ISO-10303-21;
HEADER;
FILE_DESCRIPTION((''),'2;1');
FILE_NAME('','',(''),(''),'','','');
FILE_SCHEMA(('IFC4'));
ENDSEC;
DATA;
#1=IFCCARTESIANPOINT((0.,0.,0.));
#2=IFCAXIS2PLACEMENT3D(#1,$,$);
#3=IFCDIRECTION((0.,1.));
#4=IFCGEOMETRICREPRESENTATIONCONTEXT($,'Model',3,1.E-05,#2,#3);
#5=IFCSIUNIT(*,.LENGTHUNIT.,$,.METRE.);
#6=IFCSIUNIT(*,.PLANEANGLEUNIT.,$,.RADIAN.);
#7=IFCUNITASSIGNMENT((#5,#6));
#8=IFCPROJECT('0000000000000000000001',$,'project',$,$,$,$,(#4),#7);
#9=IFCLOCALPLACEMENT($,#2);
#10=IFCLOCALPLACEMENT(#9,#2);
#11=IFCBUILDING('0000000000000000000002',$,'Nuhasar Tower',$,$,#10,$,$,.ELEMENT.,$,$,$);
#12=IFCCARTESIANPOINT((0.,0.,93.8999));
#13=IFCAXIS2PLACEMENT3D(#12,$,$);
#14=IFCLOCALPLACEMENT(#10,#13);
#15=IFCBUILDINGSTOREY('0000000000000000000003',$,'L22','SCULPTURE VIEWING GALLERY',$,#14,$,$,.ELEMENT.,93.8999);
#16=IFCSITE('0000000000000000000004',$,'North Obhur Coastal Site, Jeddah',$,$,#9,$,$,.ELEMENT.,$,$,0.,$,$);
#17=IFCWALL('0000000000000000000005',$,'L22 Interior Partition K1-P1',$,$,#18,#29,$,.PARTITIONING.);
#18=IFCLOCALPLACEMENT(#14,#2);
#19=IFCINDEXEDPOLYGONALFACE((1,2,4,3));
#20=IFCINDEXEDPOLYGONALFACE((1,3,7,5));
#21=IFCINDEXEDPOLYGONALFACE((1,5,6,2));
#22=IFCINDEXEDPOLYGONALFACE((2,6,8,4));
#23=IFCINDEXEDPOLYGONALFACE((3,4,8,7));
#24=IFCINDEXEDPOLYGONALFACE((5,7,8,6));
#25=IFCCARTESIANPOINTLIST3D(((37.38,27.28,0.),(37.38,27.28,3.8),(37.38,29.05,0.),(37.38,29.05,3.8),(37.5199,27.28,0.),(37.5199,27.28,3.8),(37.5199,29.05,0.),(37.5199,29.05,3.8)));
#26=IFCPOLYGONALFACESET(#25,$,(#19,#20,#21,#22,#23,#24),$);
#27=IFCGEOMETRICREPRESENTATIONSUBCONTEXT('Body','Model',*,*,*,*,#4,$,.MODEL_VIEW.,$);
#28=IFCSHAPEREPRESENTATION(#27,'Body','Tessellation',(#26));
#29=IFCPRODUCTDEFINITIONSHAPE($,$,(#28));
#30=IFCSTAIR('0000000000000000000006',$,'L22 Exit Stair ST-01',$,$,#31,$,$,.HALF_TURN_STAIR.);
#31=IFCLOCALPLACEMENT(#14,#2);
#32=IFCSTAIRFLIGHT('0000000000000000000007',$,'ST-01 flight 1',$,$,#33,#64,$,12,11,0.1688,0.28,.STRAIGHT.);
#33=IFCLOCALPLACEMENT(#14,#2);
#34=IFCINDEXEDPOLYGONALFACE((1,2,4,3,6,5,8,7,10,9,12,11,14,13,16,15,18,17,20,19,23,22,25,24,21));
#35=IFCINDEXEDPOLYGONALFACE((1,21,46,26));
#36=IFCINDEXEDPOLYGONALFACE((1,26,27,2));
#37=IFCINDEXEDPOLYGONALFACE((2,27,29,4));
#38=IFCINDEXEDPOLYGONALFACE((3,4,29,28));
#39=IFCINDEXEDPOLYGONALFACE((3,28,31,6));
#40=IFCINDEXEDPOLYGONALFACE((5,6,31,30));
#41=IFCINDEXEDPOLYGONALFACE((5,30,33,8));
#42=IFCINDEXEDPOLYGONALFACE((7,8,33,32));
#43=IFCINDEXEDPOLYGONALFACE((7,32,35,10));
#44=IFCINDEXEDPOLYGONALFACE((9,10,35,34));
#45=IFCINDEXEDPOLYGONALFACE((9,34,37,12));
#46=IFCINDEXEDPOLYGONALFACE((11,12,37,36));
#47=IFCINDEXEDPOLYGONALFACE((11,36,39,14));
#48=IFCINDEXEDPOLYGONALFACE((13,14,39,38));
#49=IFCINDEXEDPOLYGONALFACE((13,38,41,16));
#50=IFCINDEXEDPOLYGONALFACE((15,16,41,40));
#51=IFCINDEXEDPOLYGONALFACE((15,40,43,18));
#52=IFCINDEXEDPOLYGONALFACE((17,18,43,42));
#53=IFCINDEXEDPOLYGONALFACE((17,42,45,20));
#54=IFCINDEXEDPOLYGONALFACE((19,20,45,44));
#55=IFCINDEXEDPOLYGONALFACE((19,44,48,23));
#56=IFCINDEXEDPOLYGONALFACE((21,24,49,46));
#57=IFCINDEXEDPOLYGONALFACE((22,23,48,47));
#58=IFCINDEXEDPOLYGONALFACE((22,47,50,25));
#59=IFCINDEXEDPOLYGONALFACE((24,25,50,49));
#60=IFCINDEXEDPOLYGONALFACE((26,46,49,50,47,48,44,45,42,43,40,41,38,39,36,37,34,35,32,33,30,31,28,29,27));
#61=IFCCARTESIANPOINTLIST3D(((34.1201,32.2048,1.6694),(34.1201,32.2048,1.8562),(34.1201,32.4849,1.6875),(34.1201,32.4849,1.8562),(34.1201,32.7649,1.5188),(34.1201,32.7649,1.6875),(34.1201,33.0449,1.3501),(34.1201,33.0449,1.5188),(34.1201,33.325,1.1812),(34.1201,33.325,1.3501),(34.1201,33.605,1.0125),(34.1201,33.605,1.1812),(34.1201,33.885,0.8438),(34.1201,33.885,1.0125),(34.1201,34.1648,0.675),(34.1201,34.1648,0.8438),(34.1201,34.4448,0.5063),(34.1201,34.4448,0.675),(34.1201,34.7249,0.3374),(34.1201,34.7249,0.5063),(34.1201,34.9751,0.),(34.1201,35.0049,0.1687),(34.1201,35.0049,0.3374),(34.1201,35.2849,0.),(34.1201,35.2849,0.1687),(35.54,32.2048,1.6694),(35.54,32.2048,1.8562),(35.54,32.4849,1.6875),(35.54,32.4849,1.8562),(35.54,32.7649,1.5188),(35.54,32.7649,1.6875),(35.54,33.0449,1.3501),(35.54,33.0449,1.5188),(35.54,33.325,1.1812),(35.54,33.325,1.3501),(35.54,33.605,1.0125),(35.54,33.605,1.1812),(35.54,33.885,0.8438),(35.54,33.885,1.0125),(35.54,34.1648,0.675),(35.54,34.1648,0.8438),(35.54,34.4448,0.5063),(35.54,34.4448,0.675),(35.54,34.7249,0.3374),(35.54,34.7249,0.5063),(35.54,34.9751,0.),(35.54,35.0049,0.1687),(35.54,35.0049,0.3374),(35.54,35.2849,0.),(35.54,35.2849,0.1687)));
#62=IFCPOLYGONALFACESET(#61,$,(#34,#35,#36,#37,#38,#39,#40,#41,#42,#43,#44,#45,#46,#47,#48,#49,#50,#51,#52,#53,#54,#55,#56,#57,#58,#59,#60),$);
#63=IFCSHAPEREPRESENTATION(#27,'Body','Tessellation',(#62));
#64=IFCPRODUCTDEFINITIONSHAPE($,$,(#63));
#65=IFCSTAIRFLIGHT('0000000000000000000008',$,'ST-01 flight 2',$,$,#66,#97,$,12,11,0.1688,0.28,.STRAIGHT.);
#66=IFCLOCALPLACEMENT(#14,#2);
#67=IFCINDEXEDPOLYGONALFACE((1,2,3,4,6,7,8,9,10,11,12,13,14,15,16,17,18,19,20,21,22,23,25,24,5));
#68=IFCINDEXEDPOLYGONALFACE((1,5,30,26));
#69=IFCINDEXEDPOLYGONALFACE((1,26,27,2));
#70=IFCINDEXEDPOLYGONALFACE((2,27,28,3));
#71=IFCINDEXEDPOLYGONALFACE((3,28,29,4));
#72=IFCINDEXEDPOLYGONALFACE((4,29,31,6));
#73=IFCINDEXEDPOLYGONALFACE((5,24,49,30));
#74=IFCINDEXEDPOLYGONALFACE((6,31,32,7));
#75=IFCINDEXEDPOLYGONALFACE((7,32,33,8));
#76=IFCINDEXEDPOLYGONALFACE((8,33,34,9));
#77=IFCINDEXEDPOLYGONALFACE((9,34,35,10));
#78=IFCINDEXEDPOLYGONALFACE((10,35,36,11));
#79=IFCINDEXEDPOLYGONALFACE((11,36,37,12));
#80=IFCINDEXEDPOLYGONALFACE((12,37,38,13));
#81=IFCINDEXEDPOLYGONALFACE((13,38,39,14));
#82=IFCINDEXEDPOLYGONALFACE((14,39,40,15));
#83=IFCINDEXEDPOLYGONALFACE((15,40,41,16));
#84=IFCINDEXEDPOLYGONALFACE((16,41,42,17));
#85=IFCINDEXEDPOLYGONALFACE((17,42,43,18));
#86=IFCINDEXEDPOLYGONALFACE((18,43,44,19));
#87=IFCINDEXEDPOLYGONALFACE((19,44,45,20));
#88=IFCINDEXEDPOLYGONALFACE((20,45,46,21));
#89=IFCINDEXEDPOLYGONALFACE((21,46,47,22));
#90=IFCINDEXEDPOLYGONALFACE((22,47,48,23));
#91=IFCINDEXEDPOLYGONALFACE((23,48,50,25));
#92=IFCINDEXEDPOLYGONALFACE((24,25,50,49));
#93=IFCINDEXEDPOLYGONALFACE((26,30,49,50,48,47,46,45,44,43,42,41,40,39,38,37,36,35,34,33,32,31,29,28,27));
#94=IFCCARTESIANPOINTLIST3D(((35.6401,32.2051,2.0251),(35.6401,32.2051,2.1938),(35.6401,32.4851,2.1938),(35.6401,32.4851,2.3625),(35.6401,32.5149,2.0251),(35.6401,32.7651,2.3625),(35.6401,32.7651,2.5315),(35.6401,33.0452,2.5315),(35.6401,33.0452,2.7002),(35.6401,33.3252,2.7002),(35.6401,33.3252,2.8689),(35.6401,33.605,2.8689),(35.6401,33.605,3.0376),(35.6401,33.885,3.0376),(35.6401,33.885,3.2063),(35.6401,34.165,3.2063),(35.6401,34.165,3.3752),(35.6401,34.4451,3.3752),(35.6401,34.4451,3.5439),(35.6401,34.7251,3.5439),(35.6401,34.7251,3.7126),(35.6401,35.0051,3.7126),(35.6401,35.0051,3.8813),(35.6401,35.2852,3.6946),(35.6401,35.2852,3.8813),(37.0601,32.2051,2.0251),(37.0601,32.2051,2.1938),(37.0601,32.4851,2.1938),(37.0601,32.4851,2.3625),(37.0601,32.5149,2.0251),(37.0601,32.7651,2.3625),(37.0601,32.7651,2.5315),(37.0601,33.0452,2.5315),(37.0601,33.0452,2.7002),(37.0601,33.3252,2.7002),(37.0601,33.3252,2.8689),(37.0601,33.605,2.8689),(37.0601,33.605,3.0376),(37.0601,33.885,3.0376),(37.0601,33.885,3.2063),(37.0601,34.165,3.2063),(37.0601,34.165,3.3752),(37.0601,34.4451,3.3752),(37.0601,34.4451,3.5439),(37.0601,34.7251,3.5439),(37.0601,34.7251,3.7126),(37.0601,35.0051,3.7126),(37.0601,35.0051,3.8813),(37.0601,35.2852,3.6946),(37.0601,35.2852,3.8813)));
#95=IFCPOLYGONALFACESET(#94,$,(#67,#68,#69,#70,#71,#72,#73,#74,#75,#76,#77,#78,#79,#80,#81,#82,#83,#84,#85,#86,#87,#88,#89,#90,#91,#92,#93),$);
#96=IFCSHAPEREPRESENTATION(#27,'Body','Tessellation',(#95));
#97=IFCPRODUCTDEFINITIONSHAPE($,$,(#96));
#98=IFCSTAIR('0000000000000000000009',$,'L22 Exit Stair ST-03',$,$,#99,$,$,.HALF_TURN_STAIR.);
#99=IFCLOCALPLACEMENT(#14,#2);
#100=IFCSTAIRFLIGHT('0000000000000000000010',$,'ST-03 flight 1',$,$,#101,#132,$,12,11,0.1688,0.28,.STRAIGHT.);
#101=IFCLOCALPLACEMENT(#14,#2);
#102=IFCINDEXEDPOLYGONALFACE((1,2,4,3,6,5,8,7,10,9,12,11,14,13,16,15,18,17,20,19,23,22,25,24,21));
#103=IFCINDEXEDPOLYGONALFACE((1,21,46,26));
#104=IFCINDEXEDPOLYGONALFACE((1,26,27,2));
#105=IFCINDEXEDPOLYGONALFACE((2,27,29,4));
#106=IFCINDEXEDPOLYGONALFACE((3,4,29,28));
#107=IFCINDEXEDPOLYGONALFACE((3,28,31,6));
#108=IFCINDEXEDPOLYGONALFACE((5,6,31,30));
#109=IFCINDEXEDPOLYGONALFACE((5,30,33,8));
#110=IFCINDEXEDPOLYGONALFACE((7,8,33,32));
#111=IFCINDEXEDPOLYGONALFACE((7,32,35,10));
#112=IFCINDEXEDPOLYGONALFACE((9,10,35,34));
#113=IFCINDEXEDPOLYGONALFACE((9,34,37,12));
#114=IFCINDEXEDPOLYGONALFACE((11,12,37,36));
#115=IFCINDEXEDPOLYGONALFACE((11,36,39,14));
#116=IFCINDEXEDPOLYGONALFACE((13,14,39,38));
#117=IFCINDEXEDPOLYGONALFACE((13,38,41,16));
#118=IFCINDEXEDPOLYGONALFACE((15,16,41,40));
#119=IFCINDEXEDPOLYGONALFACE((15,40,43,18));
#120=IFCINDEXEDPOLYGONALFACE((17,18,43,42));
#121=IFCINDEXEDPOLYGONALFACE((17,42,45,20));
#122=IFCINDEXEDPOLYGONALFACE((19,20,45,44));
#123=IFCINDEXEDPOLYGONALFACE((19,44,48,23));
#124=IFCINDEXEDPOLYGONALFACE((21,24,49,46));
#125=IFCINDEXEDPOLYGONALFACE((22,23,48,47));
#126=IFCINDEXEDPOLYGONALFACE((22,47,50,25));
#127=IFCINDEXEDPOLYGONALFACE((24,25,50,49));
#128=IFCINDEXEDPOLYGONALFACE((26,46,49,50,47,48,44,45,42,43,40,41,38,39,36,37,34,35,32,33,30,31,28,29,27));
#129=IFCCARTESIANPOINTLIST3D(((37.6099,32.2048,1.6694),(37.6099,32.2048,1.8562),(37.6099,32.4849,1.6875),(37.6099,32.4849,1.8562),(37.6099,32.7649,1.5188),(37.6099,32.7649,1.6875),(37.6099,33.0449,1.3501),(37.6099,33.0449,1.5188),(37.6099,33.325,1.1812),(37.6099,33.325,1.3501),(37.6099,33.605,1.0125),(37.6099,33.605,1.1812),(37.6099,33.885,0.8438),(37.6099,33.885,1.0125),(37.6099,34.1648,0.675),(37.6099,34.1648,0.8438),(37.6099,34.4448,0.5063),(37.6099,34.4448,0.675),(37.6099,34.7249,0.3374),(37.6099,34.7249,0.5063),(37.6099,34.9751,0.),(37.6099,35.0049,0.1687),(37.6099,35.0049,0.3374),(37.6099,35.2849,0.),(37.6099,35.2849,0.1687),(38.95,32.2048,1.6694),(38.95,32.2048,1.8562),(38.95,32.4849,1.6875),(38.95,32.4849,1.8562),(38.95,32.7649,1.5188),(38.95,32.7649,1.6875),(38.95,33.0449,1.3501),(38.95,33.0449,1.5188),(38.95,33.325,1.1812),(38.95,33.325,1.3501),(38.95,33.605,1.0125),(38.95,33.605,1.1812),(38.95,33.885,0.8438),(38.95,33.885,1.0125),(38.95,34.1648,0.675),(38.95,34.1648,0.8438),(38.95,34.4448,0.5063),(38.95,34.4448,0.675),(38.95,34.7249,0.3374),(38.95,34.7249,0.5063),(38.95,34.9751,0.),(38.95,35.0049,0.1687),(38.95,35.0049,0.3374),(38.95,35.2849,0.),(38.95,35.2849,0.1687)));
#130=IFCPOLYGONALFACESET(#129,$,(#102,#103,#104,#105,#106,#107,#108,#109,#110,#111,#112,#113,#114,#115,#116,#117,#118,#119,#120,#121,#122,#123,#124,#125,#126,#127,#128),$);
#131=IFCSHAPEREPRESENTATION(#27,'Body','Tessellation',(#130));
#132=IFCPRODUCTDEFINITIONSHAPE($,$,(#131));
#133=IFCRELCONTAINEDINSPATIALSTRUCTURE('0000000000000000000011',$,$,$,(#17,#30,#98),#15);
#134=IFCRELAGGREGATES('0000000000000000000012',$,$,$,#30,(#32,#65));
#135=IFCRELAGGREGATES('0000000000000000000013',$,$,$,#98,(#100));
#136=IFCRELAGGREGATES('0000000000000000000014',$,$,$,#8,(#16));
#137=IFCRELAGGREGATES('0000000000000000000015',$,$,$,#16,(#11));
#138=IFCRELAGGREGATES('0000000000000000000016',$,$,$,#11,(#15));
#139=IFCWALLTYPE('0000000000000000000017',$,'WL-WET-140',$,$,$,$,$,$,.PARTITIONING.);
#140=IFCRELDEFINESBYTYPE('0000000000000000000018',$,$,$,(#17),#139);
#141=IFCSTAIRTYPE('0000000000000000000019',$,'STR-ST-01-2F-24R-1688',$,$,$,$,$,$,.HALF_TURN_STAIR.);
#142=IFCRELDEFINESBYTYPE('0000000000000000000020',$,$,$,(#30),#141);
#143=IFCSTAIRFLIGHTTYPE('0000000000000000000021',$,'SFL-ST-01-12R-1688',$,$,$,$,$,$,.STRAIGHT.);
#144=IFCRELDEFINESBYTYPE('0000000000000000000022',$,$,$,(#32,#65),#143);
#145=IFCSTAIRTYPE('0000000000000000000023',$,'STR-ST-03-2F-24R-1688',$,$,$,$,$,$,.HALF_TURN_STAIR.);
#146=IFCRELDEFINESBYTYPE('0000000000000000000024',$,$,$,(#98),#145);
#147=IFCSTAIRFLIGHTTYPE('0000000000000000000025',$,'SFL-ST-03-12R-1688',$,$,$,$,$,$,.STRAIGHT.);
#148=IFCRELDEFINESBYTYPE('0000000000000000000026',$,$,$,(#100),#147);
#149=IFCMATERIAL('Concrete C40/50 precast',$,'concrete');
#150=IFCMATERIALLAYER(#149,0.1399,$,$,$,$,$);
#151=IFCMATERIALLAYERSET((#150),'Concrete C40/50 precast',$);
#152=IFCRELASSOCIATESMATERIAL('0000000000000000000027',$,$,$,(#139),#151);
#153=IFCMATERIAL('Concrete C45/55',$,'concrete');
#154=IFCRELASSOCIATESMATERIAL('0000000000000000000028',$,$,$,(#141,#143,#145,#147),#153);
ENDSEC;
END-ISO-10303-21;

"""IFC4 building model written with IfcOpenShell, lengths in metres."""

from ifc_helpers import new_model, si_unit, direction, frame, frame_2d, origin, place, context, subcontext, project, spatial, polyline, rectangle, outline, extrude, material, layer, layer_set, type_object, element, aggregate, save


model = new_model("IFC4")

# Units and contexts
model_context = context("Model", 3, precision=1e-05, world=origin(), true_north=direction((0.0, 1.0)))
body_context = subcontext(model_context, "Body", "Model", "MODEL_VIEW")
ifc_project = project(units=[si_unit("LENGTHUNIT", "METRE"), si_unit("PLANEANGLEUNIT", "RADIAN")], contexts=[model_context])

# Site, building, storey
site_placement = place(None, origin())
site = spatial("IfcSite", under=ifc_project, at=site_placement, Name="North Obhur Coastal Site, Jeddah", CompositionType="ELEMENT", RefElevation=0.0)
building_placement = place(site_placement, origin())
building = spatial("IfcBuilding", under=site, at=building_placement, Name="Nuhasar Tower", CompositionType="ELEMENT")
storey_placement = place(building_placement, frame((0.0, 0.0, 93.8999)))
storey = spatial("IfcBuildingStorey", under=building, at=storey_placement, Name="L22", Description="SCULPTURE VIEWING GALLERY", CompositionType="ELEMENT", Elevation=93.8999)

# Shared definitions
ifc_material_1 = material(Name="Concrete C45/55", Category="concrete")

# Shared definitions
ifc_material_2 = material(Name="Concrete C40/50 precast", Category="concrete")
ifc_layer_1 = layer(ifc_material_2, 0.1399)
ifc_layer_set_1 = layer_set([ifc_layer_1], Name="Concrete C40/50 precast")
wall_type_1 = type_object("IfcWallType", Name="WL-WET-140", PredefinedType="PARTITIONING", material=ifc_layer_set_1)

# Wall
wall_1_placement = place(storey_placement, frame((37.45, 27.28, 0.0), z_axis=(0.0, 0.0, 1.0), x_axis=(0.0, 1.0, 0.0)))
element("IfcWall", 1, at=wall_1_placement, inside=storey, type_object=wall_type_1, Name="L22 Interior Partition K1-P1", PredefinedType="PARTITIONING", context=body_context, shape_type="SweptSolid", body=[
    extrude(rectangle(XDim=1.77, YDim=0.1399, at=frame_2d((0.885, 0.0))), origin(), (0.0, 0.0, 1.0), 3.8),
])

# Stair, stair flights
stair_type_1 = type_object("IfcStairType", Name="STR-ST-01-2F-24R-1688", PredefinedType="HALF_TURN_STAIR", material=ifc_material_1)
stair_1_placement = place(storey_placement, origin())
stair_1 = element("IfcStair", 2, at=stair_1_placement, inside=storey, type_object=stair_type_1, Name="L22 Exit Stair ST-01", PredefinedType="HALF_TURN_STAIR")
stair_flight_type_1 = type_object("IfcStairFlightType", Name="SFL-ST-01-12R-1688", PredefinedType="STRAIGHT", material=ifc_material_1)
stair_flight_1_placement = place(storey_placement, frame((34.8301, 35.2849, 0.0), z_axis=(0.0, 0.0, 1.0), x_axis=(0.0, -1.0, 0.0)))
stair_flight_1 = element("IfcStairFlight", 3, at=stair_flight_1_placement, type_object=stair_flight_type_1, Name="ST-01 flight 1", NumberOfRisers=12, NumberOfTreads=11, PredefinedType="STRAIGHT", RiserHeight=0.1688, TreadLength=0.28, context=body_context, shape_type="SweptSolid", body=[
    extrude(outline(polyline([(0.0, 0.0), (0.0, 0.1687), (0.28, 0.1687), (0.28, 0.3374), (0.5601, 0.3374), (0.5601, 0.5063), (0.8401, 0.5063), (0.8401, 0.675), (1.1201, 0.675), (1.1201, 0.8438), (1.3999, 0.8438), (1.3999, 1.0125), (1.6799, 1.0125), (1.6799, 1.1812), (1.96, 1.1812), (1.96, 1.3501), (2.24, 1.3501), (2.24, 1.5188), (2.52, 1.5188), (2.52, 1.6875), (2.8, 1.6875), (2.8, 1.8562), (3.0801, 1.8562), (3.0801, 2.0249), (3.0801, 1.6694), (0.3098, 0.0), (0.0, 0.0)])), frame((0.0, 0.71, 0.0), z_axis=(0.0, -1.0, 0.0), x_axis=(1.0, 0.0, 0.0)), (0.0, 0.0, 1.0), 1.4199),
])
stair_flight_2_placement = place(storey_placement, frame((36.3501, 32.2051, 2.0251), z_axis=(0.0, 0.0, 1.0), x_axis=(0.0, 1.0, 0.0)))
stair_flight_2 = element("IfcStairFlight", 4, at=stair_flight_2_placement, type_object=stair_flight_type_1, Name="ST-01 flight 2", NumberOfRisers=12, NumberOfTreads=11, PredefinedType="STRAIGHT", RiserHeight=0.1688, TreadLength=0.28, context=body_context, shape_type="SweptSolid", body=[
    extrude(outline(polyline([(0.0, 0.0), (0.0, 0.1687), (0.28, 0.1687), (0.28, 0.3374), (0.5601, 0.3374), (0.5601, 0.5063), (0.8401, 0.5063), (0.8401, 0.675), (1.1201, 0.675), (1.1201, 0.8438), (1.3999, 0.8438), (1.3999, 1.0125), (1.6799, 1.0125), (1.6799, 1.1812), (1.96, 1.1812), (1.96, 1.3501), (2.24, 1.3501), (2.24, 1.5188), (2.52, 1.5188), (2.52, 1.6875), (2.8, 1.6875), (2.8, 1.8562), (3.0801, 1.8562), (3.0801, 2.0249), (3.0801, 1.6694), (0.3098, 0.0), (0.0, 0.0)])), frame((0.0, 0.71, 0.0), z_axis=(0.0, -1.0, 0.0), x_axis=(1.0, 0.0, 0.0)), (0.0, 0.0, 1.0), 1.4199),
])
aggregate(stair_1, [stair_flight_1, stair_flight_2])

# Stair, stair flight
stair_type_2 = type_object("IfcStairType", Name="STR-ST-03-2F-24R-1688", PredefinedType="HALF_TURN_STAIR", material=ifc_material_1)
stair_2_placement = place(storey_placement, origin())
stair_2 = element("IfcStair", 5, at=stair_2_placement, inside=storey, type_object=stair_type_2, Name="L22 Exit Stair ST-03", PredefinedType="HALF_TURN_STAIR")
stair_flight_type_2 = type_object("IfcStairFlightType", Name="SFL-ST-03-12R-1688", PredefinedType="STRAIGHT", material=ifc_material_1)
stair_flight_3_placement = place(storey_placement, frame((38.28, 35.2849, 0.0), z_axis=(0.0, 0.0, 1.0), x_axis=(0.0, -1.0, 0.0)))
stair_flight_3 = element("IfcStairFlight", 6, at=stair_flight_3_placement, type_object=stair_flight_type_2, Name="ST-03 flight 1", NumberOfRisers=12, NumberOfTreads=11, PredefinedType="STRAIGHT", RiserHeight=0.1688, TreadLength=0.28, context=body_context, shape_type="SweptSolid", body=[
    extrude(outline(polyline([(0.0, 0.0), (0.0, 0.1687), (0.28, 0.1687), (0.28, 0.3374), (0.5601, 0.3374), (0.5601, 0.5063), (0.8401, 0.5063), (0.8401, 0.675), (1.1201, 0.675), (1.1201, 0.8438), (1.3999, 0.8438), (1.3999, 1.0125), (1.6799, 1.0125), (1.6799, 1.1812), (1.96, 1.1812), (1.96, 1.3501), (2.24, 1.3501), (2.24, 1.5188), (2.52, 1.5188), (2.52, 1.6875), (2.8, 1.6875), (2.8, 1.8562), (3.0801, 1.8562), (3.0801, 2.0249), (3.0801, 1.6694), (0.3098, 0.0), (0.0, 0.0)])), frame((0.0, 0.6699, 0.0), z_axis=(0.0, -1.0, 0.0), x_axis=(1.0, 0.0, 0.0)), (0.0, 0.0, 1.0), 1.3401),
])
aggregate(stair_2, [stair_flight_3])

save(model, "model.ifc")
